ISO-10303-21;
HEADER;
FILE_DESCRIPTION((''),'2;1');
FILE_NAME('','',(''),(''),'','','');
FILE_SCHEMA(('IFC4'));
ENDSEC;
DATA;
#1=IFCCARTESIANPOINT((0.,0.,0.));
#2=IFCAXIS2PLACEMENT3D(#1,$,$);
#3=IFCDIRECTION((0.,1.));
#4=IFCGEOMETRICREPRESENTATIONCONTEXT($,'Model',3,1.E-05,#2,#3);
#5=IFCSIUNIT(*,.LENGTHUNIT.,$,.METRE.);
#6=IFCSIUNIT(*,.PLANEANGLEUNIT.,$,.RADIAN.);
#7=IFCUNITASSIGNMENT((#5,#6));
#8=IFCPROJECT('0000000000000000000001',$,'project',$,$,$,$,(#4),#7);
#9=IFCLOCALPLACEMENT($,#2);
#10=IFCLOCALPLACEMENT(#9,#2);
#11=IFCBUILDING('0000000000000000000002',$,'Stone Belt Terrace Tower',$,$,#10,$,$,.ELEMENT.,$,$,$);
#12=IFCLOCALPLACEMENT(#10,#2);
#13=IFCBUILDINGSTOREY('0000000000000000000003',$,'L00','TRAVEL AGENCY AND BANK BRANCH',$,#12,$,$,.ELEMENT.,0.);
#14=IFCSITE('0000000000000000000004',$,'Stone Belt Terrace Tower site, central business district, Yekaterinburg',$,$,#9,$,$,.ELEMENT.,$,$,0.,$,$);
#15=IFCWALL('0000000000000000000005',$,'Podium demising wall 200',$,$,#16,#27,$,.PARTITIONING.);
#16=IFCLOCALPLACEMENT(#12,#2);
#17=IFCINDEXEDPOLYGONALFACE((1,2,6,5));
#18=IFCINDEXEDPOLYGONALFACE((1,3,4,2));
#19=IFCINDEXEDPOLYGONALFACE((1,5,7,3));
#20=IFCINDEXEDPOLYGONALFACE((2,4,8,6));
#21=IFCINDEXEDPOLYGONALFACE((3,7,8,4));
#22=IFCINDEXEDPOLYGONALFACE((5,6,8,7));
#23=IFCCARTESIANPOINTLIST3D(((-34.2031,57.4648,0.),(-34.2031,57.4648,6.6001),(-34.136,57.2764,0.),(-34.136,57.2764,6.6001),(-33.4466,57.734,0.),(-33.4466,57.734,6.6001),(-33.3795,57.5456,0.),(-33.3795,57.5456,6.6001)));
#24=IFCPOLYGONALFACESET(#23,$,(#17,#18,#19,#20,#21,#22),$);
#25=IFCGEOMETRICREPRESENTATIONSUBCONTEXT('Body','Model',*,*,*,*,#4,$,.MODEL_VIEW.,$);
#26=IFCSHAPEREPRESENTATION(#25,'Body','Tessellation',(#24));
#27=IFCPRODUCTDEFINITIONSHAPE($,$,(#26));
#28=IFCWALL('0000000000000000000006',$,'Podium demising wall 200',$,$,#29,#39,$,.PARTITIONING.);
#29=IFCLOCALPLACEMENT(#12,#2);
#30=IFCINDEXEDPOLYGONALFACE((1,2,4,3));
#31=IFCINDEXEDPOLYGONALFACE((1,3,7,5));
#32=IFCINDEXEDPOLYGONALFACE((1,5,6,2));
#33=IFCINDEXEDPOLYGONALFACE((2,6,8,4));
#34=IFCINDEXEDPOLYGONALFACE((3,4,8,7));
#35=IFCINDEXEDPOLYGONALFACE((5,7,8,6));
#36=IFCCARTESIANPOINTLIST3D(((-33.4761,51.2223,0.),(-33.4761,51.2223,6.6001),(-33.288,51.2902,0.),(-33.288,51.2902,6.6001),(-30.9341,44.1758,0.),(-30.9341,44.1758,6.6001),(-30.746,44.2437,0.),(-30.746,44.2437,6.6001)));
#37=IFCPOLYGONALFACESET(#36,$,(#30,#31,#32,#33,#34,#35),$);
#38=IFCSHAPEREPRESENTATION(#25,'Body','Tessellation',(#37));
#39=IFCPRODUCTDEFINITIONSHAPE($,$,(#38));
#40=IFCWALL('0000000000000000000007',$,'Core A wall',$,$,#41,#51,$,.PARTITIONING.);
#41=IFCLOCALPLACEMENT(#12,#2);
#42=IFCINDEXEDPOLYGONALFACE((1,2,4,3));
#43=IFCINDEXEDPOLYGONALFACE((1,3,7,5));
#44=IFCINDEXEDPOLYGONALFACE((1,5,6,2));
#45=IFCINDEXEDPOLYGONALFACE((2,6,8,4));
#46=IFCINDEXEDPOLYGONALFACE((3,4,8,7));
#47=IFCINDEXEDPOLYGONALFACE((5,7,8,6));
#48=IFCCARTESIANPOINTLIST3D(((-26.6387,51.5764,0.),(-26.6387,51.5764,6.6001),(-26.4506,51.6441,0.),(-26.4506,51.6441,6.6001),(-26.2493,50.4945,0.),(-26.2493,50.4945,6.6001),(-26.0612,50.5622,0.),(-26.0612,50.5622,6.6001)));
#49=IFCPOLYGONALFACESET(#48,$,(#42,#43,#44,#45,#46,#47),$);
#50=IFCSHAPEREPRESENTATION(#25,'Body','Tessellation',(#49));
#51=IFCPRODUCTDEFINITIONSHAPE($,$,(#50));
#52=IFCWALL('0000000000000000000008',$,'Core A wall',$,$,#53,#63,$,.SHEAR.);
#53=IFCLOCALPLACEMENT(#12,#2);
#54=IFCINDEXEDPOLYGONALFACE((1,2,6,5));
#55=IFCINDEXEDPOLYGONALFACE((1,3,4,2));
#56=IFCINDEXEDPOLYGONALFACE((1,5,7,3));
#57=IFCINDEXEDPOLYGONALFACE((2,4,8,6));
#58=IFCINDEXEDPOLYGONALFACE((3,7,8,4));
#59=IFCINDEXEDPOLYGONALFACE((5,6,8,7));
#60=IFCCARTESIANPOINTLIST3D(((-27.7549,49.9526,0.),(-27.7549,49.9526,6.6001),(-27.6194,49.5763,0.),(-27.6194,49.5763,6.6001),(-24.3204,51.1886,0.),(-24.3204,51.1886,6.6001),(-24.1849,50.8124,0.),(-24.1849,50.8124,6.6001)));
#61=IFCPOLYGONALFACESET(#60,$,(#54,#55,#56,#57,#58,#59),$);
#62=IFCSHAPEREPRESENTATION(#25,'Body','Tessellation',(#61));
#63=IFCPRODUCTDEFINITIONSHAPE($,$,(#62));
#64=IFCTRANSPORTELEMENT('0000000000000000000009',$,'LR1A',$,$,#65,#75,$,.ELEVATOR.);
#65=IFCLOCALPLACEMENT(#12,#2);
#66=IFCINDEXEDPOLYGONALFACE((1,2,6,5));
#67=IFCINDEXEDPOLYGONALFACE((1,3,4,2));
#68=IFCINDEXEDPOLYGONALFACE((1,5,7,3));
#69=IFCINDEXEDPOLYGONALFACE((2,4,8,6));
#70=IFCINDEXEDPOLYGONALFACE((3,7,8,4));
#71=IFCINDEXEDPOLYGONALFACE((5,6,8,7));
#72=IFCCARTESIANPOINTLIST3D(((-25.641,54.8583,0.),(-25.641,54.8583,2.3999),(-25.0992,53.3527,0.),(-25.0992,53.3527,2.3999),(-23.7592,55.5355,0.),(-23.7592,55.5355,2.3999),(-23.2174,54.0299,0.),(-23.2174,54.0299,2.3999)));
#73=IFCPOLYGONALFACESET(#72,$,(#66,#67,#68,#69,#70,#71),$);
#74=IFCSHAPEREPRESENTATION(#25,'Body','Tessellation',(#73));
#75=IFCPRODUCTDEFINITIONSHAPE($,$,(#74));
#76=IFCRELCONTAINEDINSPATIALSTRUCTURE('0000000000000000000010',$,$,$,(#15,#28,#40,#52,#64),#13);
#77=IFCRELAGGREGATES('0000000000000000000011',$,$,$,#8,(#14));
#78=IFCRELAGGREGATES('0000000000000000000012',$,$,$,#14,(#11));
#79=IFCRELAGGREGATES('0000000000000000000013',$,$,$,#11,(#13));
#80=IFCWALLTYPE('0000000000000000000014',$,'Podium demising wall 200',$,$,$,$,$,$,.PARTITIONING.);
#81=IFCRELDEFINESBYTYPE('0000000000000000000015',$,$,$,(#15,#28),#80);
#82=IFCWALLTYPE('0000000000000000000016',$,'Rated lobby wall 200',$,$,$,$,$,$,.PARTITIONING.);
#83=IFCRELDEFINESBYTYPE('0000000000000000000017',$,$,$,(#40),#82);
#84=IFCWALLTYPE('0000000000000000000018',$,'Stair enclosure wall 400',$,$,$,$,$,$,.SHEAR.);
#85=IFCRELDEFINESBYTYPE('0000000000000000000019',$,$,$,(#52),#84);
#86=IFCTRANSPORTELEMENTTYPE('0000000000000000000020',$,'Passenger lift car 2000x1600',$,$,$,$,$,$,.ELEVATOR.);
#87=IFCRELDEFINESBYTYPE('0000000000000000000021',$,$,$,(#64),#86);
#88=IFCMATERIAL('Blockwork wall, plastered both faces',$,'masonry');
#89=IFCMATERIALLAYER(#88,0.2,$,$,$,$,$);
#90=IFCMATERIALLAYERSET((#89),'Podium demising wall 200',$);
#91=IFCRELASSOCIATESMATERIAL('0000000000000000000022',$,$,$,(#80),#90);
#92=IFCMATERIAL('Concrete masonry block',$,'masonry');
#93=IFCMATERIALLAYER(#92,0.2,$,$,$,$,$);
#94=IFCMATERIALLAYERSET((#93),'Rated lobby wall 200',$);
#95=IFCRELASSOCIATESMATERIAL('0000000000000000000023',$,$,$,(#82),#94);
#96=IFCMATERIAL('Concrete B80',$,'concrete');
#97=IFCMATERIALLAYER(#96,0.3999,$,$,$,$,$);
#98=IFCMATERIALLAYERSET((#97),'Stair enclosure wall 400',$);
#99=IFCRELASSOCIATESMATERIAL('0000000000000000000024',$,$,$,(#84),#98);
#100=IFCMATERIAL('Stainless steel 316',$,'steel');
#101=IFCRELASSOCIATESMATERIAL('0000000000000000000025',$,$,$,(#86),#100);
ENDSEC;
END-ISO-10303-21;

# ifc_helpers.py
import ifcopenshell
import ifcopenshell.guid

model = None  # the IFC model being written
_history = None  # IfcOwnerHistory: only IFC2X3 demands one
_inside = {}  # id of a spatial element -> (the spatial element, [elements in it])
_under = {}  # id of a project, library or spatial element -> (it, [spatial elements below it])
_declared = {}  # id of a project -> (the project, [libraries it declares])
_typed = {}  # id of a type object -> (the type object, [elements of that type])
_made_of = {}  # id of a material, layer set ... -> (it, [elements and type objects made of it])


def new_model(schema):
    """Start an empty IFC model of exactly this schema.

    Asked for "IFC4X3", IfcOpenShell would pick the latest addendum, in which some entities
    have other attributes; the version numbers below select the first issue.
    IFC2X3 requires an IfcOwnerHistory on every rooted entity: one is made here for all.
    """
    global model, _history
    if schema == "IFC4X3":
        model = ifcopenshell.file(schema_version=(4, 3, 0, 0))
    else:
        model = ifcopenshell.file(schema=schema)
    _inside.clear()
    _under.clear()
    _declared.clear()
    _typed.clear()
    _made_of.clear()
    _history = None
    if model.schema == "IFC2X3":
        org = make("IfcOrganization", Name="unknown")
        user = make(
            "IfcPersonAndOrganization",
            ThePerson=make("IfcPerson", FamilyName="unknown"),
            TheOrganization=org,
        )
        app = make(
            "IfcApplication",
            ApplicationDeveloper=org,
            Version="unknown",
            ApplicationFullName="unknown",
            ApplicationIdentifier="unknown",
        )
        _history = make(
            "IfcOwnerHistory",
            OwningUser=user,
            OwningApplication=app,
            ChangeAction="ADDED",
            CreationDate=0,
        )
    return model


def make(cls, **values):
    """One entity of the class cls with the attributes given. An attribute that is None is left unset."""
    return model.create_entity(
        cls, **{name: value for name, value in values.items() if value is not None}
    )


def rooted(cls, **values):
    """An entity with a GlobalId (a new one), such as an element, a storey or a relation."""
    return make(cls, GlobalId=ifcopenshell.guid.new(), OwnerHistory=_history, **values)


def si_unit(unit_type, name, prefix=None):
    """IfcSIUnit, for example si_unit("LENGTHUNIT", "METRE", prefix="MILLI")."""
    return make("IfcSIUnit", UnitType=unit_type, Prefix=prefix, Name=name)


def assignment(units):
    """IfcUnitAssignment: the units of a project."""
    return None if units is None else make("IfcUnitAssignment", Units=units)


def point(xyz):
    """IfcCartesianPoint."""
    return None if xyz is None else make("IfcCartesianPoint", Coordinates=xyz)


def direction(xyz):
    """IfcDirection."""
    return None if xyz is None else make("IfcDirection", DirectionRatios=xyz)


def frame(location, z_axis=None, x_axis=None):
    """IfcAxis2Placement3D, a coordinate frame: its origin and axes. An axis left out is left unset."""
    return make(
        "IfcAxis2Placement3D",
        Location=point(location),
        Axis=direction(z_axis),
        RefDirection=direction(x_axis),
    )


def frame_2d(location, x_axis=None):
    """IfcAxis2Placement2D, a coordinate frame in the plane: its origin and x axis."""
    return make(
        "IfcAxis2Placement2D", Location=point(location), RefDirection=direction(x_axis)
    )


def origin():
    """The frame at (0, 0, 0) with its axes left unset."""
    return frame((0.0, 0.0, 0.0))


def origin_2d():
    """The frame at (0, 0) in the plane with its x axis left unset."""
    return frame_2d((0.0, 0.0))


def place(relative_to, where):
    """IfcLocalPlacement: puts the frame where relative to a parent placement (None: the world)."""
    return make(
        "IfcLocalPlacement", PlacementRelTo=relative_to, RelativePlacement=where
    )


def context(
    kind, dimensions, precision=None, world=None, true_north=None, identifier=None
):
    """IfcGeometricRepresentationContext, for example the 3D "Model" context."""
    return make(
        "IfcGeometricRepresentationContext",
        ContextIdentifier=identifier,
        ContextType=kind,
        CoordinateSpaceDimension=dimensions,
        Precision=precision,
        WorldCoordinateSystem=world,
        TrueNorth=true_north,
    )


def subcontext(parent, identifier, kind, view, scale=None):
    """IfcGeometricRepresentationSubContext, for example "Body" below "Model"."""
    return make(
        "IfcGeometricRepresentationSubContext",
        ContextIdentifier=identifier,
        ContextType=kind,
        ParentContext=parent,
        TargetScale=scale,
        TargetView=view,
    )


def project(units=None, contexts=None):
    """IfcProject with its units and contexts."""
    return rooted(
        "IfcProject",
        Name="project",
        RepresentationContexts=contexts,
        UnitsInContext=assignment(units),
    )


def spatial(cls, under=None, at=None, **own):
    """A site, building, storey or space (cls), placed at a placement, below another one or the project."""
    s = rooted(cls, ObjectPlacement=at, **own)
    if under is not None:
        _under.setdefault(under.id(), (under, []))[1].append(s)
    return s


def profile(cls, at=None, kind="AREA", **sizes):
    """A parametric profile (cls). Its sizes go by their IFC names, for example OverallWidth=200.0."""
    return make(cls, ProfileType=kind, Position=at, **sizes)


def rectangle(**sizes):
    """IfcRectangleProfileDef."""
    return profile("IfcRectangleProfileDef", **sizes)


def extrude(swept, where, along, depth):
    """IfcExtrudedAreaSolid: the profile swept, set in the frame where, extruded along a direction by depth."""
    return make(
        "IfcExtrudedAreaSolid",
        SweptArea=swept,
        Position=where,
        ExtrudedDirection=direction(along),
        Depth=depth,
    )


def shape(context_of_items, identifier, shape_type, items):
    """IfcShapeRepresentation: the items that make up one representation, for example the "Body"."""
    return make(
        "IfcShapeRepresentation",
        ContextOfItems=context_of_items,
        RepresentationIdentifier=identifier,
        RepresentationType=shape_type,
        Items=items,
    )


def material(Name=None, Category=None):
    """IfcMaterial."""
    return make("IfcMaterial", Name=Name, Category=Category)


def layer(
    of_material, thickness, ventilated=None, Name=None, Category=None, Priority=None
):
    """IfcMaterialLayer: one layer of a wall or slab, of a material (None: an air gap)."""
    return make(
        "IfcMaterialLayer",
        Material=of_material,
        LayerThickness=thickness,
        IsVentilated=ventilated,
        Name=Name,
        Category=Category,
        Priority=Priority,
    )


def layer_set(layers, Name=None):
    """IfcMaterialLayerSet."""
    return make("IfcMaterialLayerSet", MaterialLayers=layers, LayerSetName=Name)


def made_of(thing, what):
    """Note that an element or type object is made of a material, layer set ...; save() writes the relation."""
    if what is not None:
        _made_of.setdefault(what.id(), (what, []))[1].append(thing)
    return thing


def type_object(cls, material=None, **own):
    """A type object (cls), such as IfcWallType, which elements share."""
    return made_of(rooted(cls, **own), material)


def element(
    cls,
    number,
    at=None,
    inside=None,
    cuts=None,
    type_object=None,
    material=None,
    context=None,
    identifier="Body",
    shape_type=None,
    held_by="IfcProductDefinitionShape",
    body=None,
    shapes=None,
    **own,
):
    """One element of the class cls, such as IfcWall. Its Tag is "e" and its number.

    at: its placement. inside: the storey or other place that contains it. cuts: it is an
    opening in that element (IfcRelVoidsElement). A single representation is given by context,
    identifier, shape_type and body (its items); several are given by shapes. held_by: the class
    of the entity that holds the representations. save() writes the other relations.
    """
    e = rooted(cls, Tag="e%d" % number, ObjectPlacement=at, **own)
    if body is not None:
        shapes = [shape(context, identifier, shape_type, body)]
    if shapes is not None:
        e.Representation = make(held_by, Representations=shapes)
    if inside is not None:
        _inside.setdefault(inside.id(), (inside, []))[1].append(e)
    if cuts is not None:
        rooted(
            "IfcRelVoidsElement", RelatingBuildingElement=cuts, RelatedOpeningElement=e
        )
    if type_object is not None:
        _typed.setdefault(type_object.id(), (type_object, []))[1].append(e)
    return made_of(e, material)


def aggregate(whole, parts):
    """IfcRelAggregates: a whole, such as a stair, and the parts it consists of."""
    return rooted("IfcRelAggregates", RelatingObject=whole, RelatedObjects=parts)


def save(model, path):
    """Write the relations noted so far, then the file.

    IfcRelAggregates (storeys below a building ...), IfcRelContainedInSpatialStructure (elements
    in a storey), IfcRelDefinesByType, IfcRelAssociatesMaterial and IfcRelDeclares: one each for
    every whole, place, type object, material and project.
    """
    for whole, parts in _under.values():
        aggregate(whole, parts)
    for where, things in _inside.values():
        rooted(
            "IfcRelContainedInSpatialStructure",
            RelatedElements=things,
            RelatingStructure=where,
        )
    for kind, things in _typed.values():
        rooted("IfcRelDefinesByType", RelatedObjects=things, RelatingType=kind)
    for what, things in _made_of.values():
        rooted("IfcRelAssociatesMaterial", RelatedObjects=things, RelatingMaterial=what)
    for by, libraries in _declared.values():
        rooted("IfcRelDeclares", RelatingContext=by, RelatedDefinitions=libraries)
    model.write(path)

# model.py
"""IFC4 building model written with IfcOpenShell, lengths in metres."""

from ifc_helpers import new_model, si_unit, direction, frame, frame_2d, origin, origin_2d, place, context, subcontext, project, spatial, rectangle, extrude, material, layer, layer_set, type_object, element, save


model = new_model("IFC4")

# Units and contexts
model_context = context("Model", 3, precision=1e-05, world=origin(), true_north=direction((0.0, 1.0)))
body_context = subcontext(model_context, "Body", "Model", "MODEL_VIEW")
ifc_project = project(units=[si_unit("LENGTHUNIT", "METRE"), si_unit("PLANEANGLEUNIT", "RADIAN")], contexts=[model_context])

# Site, building, storey
site_placement = place(None, origin())
site = spatial("IfcSite", under=ifc_project, at=site_placement, Name="Stone Belt Terrace Tower site, central business district, Yekaterinburg", CompositionType="ELEMENT", RefElevation=0.0)
building_placement = place(site_placement, origin())
building = spatial("IfcBuilding", under=site, at=building_placement, Name="Stone Belt Terrace Tower", CompositionType="ELEMENT")
storey_placement = place(building_placement, origin())
storey = spatial("IfcBuildingStorey", under=building, at=storey_placement, Name="L00", Description="TRAVEL AGENCY AND BANK BRANCH", CompositionType="ELEMENT", Elevation=0.0)

# Shared definitions
ifc_material_1 = material(Name="Concrete B80", Category="concrete")

# Walls
ifc_material_2 = material(Name="Blockwork wall, plastered both faces", Category="masonry")
ifc_layer_1 = layer(ifc_material_2, 0.2)
ifc_layer_set_1 = layer_set([ifc_layer_1], Name="Podium demising wall 200")
wall_type_1 = type_object("IfcWallType", Name="Podium demising wall 200", PredefinedType="PARTITIONING", material=ifc_layer_set_1)
wall_1_placement = place(storey_placement, frame((-34.1694, 57.3706, 0.0), z_axis=(0.0, 0.0, 1.0), x_axis=(0.942106, 0.335316, 0.0)))
element("IfcWall", 1, at=wall_1_placement, inside=storey, type_object=wall_type_1, Name="Podium demising wall 200", PredefinedType="PARTITIONING", context=body_context, shape_type="SweptSolid", body=[
    extrude(rectangle(XDim=0.803, YDim=0.2, at=frame_2d((0.4014, 0.0))), origin(), (0.0, 0.0, 1.0), 6.6001),
])
wall_2_placement = place(storey_placement, frame((-33.3821, 51.2563, 0.0), z_axis=(0.0, 0.0, 1.0), x_axis=(0.339345, -0.940662, 0.0)))
element("IfcWall", 2, at=wall_2_placement, inside=storey, type_object=wall_type_1, Name="Podium demising wall 200", PredefinedType="PARTITIONING", context=body_context, shape_type="SweptSolid", body=[
    extrude(rectangle(XDim=7.491, YDim=0.2, at=frame_2d((3.7456, 0.0))), origin(), (0.0, 0.0, 1.0), 6.6001),
])
ifc_material_3 = material(Name="Concrete masonry block", Category="masonry")
ifc_layer_2 = layer(ifc_material_3, 0.2)
ifc_layer_set_2 = layer_set([ifc_layer_2], Name="Rated lobby wall 200")
wall_type_2 = type_object("IfcWallType", Name="Rated lobby wall 200", PredefinedType="PARTITIONING", material=ifc_layer_set_2)
wall_3_placement = place(storey_placement, frame((-26.1553, 50.5283, 0.0), z_axis=(0.0, 0.0, 1.0), x_axis=(-0.338622, 0.940923, 0.0)))
element("IfcWall", 3, at=wall_3_placement, inside=storey, type_object=wall_type_2, Name="Core A wall", PredefinedType="PARTITIONING", context=body_context, shape_type="SweptSolid", body=[
    extrude(rectangle(XDim=1.1499, YDim=0.2, at=frame_2d((0.575, 0.0))), origin(), (0.0, 0.0, 1.0), 6.6001),
])
ifc_layer_3 = layer(ifc_material_1, 0.3999)
ifc_layer_set_3 = layer_set([ifc_layer_3], Name="Stair enclosure wall 400")
wall_type_3 = type_object("IfcWallType", Name="Stair enclosure wall 400", PredefinedType="SHEAR", material=ifc_layer_set_3)
wall_4_placement = place(storey_placement, frame((-27.6873, 49.7644, 0.0), z_axis=(0.0, 0.0, 1.0), x_axis=(0.940919, 0.338632, 0.0)))
element("IfcWall", 4, at=wall_4_placement, inside=storey, type_object=wall_type_3, Name="Core A wall", PredefinedType="SHEAR", context=body_context, shape_type="SweptSolid", body=[
    extrude(rectangle(XDim=3.6501, YDim=0.3999, at=frame_2d((1.8252, 0.0))), origin(), (0.0, 0.0, 1.0), 6.6001),
])

# Transport element
ifc_material_4 = material(Name="Stainless steel 316", Category="steel")
transport_element_type = type_object("IfcTransportElementType", Name="Passenger lift car 2000x1600", PredefinedType="ELEVATOR", material=ifc_material_4)
transport_element_placement = place(storey_placement, frame((-24.4292, 54.4441, 0.0), z_axis=(0.0, 0.0, 1.0), x_axis=(0.940922, 0.338625, 0.0)))
element("IfcTransportElement", 5, at=transport_element_placement, inside=storey, type_object=transport_element_type, Name="LR1A", PredefinedType="ELEVATOR", context=body_context, shape_type="SweptSolid", body=[
    extrude(rectangle(XDim=2.0, YDim=1.6001, at=origin_2d()), origin(), (0.0, 0.0, 1.0), 2.3999),
])

save(model, "model.ifc")
